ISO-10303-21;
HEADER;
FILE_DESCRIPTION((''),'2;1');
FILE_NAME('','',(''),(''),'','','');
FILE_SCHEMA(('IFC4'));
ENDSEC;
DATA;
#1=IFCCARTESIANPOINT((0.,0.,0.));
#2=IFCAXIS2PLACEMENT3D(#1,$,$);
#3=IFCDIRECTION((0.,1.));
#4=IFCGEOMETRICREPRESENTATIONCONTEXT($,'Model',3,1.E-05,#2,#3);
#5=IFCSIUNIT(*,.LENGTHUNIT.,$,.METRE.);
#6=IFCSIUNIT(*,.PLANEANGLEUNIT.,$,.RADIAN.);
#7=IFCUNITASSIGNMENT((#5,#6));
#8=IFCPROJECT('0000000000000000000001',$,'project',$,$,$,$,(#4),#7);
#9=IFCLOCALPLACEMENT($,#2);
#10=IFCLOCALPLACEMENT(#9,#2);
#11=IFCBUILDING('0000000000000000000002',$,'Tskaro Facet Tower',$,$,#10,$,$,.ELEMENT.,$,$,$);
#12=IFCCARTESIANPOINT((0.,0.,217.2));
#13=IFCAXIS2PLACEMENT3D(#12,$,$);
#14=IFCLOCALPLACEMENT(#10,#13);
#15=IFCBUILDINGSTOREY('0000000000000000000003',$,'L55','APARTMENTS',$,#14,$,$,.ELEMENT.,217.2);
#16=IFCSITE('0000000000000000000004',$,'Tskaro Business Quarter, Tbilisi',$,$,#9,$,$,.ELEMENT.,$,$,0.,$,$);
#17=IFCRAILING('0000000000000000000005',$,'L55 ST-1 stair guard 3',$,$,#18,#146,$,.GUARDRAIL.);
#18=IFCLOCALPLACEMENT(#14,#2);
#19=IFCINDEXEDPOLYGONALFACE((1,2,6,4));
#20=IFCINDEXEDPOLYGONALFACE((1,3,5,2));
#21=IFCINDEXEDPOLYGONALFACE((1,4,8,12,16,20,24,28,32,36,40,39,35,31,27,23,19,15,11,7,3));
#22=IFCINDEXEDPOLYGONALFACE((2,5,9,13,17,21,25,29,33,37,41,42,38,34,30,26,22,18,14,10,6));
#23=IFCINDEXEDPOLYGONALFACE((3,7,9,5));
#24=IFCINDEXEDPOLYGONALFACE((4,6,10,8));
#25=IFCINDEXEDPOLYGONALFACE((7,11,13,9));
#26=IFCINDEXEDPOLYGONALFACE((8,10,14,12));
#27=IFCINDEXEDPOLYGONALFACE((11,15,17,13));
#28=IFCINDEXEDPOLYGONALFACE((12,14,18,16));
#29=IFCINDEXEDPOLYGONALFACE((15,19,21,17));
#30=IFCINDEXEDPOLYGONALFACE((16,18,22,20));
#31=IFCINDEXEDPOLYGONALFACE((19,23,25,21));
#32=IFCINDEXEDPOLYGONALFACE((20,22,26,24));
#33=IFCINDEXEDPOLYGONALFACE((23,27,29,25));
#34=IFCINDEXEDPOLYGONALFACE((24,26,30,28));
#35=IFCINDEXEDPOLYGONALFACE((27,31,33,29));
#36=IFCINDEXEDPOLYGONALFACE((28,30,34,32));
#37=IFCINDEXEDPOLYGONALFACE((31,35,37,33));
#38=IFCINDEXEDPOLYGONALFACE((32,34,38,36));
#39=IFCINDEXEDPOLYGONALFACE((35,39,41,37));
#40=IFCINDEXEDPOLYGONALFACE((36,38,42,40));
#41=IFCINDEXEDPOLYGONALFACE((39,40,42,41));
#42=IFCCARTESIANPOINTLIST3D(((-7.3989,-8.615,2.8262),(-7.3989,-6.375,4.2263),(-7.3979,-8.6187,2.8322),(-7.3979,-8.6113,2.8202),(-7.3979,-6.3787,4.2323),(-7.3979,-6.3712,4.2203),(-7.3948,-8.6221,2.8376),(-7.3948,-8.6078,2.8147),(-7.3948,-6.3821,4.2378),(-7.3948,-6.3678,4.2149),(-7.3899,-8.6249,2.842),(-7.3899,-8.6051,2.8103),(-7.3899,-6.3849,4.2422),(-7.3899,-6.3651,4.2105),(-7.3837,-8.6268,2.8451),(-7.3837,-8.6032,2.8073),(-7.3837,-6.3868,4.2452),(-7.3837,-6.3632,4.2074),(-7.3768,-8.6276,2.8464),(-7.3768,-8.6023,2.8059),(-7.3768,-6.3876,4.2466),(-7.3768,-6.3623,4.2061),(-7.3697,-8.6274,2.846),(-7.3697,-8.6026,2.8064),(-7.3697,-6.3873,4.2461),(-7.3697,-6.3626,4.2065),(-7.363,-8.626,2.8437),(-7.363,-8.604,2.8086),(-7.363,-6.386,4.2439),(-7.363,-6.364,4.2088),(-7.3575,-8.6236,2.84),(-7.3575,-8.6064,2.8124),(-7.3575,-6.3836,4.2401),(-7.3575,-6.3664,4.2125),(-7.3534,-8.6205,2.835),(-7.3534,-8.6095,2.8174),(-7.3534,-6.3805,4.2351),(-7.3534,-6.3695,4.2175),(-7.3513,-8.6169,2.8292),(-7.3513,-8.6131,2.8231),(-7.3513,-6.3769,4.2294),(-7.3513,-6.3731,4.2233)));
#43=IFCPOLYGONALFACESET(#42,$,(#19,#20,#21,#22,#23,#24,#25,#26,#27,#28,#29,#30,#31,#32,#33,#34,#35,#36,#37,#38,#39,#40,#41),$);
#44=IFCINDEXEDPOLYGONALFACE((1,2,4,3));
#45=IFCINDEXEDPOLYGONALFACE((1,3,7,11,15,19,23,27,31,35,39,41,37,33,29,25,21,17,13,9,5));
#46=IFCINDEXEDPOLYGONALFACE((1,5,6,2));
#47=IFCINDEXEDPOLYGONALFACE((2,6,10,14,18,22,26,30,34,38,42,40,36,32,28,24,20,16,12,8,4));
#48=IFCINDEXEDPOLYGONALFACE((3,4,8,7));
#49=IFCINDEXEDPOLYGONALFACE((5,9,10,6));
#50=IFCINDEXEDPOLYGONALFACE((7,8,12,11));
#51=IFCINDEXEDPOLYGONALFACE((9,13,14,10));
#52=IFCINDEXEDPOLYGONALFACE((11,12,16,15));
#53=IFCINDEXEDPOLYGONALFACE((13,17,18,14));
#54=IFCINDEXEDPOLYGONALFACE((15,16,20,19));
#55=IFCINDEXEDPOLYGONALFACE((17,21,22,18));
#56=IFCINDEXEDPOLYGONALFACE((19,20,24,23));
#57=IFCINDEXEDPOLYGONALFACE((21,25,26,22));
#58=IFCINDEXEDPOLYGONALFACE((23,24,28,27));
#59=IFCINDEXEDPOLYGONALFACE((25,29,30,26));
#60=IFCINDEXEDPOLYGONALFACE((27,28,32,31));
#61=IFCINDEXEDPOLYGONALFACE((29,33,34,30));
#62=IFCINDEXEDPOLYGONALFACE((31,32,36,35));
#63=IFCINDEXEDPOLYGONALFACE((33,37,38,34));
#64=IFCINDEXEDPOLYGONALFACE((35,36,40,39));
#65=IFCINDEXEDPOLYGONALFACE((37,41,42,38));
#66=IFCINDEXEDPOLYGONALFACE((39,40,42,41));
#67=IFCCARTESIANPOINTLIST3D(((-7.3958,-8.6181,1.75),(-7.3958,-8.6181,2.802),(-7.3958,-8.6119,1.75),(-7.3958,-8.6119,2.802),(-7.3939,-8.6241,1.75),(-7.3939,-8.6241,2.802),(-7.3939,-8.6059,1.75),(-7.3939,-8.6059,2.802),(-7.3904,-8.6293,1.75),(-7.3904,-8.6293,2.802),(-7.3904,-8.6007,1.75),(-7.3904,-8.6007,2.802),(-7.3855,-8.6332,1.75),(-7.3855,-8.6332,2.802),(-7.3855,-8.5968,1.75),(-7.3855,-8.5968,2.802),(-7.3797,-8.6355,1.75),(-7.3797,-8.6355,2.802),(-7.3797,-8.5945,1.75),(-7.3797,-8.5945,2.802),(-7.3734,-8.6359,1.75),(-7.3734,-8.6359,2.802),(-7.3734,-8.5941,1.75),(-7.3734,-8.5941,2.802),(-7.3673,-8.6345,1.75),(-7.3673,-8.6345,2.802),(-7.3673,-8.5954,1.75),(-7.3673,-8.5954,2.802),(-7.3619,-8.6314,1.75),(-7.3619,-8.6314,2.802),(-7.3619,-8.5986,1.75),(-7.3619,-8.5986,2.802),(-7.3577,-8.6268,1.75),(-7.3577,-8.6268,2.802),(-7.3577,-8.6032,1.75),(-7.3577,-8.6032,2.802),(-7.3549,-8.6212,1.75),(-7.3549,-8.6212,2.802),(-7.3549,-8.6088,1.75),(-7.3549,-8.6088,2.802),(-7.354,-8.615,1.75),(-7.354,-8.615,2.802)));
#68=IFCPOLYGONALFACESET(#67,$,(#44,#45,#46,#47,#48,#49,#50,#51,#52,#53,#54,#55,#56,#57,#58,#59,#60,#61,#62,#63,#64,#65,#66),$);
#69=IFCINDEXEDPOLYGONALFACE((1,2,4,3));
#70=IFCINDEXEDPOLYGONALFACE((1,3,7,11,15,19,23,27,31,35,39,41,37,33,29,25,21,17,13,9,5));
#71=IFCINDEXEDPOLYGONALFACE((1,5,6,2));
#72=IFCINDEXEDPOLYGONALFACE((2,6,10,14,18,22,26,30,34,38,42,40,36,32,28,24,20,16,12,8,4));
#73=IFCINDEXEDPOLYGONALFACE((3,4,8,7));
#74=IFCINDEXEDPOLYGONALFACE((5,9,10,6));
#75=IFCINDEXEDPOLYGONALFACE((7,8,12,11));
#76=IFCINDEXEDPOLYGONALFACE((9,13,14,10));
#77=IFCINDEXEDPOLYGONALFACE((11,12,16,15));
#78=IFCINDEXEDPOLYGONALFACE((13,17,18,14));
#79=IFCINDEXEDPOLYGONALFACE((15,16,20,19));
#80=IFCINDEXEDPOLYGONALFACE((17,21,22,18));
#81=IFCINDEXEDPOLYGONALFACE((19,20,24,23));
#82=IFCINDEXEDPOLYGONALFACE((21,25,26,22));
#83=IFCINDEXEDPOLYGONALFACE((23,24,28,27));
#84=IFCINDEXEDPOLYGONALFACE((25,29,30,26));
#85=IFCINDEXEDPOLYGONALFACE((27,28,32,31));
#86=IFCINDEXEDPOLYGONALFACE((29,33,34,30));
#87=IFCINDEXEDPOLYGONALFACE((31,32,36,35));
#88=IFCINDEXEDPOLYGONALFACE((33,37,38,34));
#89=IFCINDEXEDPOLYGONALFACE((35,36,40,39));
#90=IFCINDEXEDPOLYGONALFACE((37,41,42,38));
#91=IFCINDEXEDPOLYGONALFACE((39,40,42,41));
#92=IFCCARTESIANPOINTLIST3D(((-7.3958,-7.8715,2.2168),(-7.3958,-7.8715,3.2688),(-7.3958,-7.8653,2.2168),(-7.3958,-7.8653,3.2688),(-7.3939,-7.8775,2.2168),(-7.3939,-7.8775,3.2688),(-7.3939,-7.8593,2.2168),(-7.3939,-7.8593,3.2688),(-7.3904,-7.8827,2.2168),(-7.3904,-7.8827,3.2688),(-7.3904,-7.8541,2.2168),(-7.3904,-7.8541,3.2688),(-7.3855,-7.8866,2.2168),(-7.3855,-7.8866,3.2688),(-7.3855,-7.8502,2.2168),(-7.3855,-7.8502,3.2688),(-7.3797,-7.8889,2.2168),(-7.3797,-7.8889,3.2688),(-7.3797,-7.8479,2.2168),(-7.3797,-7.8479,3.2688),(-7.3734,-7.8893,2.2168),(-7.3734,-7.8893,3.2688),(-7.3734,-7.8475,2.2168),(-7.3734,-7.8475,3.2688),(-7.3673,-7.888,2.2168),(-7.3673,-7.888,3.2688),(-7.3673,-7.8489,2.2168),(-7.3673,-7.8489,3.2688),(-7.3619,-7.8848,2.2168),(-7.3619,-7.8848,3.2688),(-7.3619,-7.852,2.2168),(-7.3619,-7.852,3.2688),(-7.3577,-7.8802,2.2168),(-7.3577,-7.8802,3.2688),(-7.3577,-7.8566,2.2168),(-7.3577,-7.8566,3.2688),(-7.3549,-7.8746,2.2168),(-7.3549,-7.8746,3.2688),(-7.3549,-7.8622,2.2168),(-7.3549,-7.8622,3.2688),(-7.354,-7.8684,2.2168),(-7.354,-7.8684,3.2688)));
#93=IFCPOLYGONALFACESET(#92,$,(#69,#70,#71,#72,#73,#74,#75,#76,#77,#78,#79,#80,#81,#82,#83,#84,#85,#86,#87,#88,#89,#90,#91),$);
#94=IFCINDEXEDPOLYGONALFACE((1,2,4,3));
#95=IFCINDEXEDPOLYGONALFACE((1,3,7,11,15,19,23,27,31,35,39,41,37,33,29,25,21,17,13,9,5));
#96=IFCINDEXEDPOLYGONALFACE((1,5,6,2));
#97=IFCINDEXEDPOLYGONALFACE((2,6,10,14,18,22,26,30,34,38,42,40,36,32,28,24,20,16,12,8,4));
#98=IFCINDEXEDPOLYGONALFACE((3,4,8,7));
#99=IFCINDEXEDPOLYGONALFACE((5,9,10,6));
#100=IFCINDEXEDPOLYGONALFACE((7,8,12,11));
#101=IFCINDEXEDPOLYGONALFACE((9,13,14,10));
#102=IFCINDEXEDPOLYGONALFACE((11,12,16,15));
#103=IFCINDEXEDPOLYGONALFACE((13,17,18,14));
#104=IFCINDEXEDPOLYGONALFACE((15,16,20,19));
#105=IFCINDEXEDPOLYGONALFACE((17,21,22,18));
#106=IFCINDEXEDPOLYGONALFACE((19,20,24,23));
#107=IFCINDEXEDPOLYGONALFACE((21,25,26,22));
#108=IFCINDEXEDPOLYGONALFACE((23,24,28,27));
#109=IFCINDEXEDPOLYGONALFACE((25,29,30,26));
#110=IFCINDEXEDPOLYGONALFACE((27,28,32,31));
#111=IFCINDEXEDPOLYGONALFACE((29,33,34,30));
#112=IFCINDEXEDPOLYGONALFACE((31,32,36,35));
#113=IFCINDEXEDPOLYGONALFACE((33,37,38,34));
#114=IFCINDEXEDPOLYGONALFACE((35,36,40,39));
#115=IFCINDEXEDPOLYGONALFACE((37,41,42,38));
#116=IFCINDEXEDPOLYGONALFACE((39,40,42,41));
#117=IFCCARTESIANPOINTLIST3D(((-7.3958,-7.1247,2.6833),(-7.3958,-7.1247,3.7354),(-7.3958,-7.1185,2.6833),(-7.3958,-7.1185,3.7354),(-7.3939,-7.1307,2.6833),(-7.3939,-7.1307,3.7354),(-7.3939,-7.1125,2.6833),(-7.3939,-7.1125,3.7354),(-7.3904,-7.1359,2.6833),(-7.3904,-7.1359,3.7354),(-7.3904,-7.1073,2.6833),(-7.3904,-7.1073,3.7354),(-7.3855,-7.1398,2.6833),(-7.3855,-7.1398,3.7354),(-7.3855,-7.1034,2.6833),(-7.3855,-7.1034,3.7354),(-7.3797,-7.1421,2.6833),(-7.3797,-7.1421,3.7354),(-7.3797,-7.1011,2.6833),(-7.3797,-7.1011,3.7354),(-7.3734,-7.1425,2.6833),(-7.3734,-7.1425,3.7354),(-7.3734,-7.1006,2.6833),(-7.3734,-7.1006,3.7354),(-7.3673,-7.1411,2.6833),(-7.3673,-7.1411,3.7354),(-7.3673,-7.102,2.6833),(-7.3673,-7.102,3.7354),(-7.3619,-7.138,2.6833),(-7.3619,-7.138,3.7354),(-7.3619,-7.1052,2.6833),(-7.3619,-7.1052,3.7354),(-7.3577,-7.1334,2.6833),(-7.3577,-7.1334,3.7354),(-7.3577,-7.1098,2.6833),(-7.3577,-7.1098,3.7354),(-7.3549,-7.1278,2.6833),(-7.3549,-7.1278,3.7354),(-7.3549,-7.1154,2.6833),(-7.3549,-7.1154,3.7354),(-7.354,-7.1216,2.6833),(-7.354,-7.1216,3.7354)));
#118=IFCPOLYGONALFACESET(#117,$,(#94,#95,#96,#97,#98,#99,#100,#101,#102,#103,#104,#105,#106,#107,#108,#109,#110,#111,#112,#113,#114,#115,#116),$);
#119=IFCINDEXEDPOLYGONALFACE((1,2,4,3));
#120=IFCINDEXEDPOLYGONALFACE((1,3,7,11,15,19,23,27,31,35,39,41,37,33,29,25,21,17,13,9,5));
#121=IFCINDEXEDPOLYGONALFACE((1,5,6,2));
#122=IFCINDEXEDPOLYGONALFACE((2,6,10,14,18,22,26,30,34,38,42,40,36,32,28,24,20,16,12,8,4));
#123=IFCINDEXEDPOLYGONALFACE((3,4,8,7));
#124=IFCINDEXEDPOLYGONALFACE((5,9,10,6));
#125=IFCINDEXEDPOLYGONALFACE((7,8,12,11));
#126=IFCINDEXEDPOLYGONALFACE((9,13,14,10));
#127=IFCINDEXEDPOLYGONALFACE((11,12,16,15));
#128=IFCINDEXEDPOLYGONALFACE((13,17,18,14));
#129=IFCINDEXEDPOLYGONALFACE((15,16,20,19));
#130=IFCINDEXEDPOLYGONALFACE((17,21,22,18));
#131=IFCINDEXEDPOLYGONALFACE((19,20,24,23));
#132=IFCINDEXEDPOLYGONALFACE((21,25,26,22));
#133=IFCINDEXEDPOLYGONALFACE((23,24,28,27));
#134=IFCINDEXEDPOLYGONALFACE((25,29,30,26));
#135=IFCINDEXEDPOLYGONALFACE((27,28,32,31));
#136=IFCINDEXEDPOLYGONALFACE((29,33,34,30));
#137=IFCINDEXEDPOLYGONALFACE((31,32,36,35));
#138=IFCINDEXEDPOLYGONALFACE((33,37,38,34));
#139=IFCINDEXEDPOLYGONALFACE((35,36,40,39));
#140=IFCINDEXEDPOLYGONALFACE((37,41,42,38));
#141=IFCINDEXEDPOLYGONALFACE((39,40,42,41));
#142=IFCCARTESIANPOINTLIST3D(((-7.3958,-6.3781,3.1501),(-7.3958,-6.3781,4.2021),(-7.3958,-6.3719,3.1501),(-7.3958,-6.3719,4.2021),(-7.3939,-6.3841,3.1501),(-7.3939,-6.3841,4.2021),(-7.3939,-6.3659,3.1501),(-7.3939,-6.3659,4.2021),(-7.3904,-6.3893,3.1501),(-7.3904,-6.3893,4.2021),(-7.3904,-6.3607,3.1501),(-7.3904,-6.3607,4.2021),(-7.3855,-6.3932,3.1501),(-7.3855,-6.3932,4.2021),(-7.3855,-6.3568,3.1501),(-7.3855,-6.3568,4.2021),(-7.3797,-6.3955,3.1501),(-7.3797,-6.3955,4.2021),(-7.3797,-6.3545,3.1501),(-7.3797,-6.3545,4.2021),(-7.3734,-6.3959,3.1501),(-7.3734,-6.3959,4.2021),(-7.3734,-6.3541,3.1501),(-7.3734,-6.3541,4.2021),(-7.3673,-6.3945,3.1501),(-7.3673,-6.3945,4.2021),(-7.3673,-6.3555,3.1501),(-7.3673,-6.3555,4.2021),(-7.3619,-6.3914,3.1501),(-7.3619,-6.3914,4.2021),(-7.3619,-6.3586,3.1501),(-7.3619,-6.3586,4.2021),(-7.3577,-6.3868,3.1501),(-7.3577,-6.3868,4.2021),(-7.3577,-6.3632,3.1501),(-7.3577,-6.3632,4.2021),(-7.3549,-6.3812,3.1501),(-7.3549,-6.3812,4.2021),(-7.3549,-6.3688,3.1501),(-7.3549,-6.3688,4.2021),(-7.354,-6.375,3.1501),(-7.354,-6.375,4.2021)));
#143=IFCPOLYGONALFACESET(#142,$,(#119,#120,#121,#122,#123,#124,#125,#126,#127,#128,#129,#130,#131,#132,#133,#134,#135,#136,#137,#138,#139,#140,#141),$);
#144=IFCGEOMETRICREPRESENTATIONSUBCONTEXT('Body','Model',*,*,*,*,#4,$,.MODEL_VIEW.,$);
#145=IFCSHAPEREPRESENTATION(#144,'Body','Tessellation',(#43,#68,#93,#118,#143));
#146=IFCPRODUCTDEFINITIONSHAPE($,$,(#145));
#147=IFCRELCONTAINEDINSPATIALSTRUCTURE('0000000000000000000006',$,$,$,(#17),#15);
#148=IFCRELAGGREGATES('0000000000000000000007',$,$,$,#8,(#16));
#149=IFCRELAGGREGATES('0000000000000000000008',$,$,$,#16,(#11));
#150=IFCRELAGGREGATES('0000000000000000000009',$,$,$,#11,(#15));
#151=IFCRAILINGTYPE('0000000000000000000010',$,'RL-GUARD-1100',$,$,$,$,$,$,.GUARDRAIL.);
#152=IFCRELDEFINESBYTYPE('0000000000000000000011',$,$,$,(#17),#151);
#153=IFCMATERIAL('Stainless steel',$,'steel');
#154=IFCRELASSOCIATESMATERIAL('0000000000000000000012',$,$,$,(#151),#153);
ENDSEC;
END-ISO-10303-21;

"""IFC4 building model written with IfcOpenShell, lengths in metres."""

from ifc_helpers import new_model, si_unit, direction, frame, origin, origin_2d, place, context, subcontext, project, spatial, circle, extrude, material, type_object, element, save


model = new_model("IFC4")

# Units and contexts
model_context = context("Model", 3, precision=1e-05, world=origin(), true_north=direction((0.0, 1.0)))
body_context = subcontext(model_context, "Body", "Model", "MODEL_VIEW")
ifc_project = project(units=[si_unit("LENGTHUNIT", "METRE"), si_unit("PLANEANGLEUNIT", "RADIAN")], contexts=[model_context])

# Site, building, storey
site_placement = place(None, origin())
site = spatial("IfcSite", under=ifc_project, at=site_placement, Name="Tskaro Business Quarter, Tbilisi", CompositionType="ELEMENT", RefElevation=0.0)
building_placement = place(site_placement, origin())
building = spatial("IfcBuilding", under=site, at=building_placement, Name="Tskaro Facet Tower", CompositionType="ELEMENT")
storey_placement = place(building_placement, frame((0.0, 0.0, 217.2)))
storey = spatial("IfcBuildingStorey", under=building, at=storey_placement, Name="L55", Description="APARTMENTS", CompositionType="ELEMENT", Elevation=217.2)

# Shared definitions
ifc_material_1 = material(Name="Stainless steel", Category="steel")

# Railing
railing_type_1 = type_object("IfcRailingType", Name="RL-GUARD-1100", PredefinedType="GUARDRAIL", material=ifc_material_1)
railing_1_placement = place(storey_placement, frame((-7.375, -8.615, 1.75)))
element("IfcRailing", 1, at=railing_1_placement, inside=storey, type_object=railing_type_1, Name="L55 ST-1 stair guard 3", PredefinedType="GUARDRAIL", context=body_context, shape_type="SweptSolid", body=[
    extrude(circle(Radius=0.0239, at=origin_2d()), frame((0.0, 0.0, 1.0762), z_axis=(0.0, 0.847972, 0.53004), x_axis=(-1.0, 0.0, 0.0)), (0.0, 0.0, 1.0), 2.6416),
    extrude(circle(Radius=0.021, at=origin_2d()), origin(), (0.0, 0.0, 1.0), 1.052),
    extrude(circle(Radius=0.021, at=origin_2d()), frame((0.0, 0.7466, 0.4668)), (0.0, 0.0, 1.0), 1.052),
    extrude(circle(Radius=0.021, at=origin_2d()), frame((0.0, 1.4934, 0.9333)), (0.0, 0.0, 1.0), 1.052),
    extrude(circle(Radius=0.021, at=origin_2d()), frame((0.0, 2.24, 1.4001)), (0.0, 0.0, 1.0), 1.052),
])

save(model, "model.ifc")
